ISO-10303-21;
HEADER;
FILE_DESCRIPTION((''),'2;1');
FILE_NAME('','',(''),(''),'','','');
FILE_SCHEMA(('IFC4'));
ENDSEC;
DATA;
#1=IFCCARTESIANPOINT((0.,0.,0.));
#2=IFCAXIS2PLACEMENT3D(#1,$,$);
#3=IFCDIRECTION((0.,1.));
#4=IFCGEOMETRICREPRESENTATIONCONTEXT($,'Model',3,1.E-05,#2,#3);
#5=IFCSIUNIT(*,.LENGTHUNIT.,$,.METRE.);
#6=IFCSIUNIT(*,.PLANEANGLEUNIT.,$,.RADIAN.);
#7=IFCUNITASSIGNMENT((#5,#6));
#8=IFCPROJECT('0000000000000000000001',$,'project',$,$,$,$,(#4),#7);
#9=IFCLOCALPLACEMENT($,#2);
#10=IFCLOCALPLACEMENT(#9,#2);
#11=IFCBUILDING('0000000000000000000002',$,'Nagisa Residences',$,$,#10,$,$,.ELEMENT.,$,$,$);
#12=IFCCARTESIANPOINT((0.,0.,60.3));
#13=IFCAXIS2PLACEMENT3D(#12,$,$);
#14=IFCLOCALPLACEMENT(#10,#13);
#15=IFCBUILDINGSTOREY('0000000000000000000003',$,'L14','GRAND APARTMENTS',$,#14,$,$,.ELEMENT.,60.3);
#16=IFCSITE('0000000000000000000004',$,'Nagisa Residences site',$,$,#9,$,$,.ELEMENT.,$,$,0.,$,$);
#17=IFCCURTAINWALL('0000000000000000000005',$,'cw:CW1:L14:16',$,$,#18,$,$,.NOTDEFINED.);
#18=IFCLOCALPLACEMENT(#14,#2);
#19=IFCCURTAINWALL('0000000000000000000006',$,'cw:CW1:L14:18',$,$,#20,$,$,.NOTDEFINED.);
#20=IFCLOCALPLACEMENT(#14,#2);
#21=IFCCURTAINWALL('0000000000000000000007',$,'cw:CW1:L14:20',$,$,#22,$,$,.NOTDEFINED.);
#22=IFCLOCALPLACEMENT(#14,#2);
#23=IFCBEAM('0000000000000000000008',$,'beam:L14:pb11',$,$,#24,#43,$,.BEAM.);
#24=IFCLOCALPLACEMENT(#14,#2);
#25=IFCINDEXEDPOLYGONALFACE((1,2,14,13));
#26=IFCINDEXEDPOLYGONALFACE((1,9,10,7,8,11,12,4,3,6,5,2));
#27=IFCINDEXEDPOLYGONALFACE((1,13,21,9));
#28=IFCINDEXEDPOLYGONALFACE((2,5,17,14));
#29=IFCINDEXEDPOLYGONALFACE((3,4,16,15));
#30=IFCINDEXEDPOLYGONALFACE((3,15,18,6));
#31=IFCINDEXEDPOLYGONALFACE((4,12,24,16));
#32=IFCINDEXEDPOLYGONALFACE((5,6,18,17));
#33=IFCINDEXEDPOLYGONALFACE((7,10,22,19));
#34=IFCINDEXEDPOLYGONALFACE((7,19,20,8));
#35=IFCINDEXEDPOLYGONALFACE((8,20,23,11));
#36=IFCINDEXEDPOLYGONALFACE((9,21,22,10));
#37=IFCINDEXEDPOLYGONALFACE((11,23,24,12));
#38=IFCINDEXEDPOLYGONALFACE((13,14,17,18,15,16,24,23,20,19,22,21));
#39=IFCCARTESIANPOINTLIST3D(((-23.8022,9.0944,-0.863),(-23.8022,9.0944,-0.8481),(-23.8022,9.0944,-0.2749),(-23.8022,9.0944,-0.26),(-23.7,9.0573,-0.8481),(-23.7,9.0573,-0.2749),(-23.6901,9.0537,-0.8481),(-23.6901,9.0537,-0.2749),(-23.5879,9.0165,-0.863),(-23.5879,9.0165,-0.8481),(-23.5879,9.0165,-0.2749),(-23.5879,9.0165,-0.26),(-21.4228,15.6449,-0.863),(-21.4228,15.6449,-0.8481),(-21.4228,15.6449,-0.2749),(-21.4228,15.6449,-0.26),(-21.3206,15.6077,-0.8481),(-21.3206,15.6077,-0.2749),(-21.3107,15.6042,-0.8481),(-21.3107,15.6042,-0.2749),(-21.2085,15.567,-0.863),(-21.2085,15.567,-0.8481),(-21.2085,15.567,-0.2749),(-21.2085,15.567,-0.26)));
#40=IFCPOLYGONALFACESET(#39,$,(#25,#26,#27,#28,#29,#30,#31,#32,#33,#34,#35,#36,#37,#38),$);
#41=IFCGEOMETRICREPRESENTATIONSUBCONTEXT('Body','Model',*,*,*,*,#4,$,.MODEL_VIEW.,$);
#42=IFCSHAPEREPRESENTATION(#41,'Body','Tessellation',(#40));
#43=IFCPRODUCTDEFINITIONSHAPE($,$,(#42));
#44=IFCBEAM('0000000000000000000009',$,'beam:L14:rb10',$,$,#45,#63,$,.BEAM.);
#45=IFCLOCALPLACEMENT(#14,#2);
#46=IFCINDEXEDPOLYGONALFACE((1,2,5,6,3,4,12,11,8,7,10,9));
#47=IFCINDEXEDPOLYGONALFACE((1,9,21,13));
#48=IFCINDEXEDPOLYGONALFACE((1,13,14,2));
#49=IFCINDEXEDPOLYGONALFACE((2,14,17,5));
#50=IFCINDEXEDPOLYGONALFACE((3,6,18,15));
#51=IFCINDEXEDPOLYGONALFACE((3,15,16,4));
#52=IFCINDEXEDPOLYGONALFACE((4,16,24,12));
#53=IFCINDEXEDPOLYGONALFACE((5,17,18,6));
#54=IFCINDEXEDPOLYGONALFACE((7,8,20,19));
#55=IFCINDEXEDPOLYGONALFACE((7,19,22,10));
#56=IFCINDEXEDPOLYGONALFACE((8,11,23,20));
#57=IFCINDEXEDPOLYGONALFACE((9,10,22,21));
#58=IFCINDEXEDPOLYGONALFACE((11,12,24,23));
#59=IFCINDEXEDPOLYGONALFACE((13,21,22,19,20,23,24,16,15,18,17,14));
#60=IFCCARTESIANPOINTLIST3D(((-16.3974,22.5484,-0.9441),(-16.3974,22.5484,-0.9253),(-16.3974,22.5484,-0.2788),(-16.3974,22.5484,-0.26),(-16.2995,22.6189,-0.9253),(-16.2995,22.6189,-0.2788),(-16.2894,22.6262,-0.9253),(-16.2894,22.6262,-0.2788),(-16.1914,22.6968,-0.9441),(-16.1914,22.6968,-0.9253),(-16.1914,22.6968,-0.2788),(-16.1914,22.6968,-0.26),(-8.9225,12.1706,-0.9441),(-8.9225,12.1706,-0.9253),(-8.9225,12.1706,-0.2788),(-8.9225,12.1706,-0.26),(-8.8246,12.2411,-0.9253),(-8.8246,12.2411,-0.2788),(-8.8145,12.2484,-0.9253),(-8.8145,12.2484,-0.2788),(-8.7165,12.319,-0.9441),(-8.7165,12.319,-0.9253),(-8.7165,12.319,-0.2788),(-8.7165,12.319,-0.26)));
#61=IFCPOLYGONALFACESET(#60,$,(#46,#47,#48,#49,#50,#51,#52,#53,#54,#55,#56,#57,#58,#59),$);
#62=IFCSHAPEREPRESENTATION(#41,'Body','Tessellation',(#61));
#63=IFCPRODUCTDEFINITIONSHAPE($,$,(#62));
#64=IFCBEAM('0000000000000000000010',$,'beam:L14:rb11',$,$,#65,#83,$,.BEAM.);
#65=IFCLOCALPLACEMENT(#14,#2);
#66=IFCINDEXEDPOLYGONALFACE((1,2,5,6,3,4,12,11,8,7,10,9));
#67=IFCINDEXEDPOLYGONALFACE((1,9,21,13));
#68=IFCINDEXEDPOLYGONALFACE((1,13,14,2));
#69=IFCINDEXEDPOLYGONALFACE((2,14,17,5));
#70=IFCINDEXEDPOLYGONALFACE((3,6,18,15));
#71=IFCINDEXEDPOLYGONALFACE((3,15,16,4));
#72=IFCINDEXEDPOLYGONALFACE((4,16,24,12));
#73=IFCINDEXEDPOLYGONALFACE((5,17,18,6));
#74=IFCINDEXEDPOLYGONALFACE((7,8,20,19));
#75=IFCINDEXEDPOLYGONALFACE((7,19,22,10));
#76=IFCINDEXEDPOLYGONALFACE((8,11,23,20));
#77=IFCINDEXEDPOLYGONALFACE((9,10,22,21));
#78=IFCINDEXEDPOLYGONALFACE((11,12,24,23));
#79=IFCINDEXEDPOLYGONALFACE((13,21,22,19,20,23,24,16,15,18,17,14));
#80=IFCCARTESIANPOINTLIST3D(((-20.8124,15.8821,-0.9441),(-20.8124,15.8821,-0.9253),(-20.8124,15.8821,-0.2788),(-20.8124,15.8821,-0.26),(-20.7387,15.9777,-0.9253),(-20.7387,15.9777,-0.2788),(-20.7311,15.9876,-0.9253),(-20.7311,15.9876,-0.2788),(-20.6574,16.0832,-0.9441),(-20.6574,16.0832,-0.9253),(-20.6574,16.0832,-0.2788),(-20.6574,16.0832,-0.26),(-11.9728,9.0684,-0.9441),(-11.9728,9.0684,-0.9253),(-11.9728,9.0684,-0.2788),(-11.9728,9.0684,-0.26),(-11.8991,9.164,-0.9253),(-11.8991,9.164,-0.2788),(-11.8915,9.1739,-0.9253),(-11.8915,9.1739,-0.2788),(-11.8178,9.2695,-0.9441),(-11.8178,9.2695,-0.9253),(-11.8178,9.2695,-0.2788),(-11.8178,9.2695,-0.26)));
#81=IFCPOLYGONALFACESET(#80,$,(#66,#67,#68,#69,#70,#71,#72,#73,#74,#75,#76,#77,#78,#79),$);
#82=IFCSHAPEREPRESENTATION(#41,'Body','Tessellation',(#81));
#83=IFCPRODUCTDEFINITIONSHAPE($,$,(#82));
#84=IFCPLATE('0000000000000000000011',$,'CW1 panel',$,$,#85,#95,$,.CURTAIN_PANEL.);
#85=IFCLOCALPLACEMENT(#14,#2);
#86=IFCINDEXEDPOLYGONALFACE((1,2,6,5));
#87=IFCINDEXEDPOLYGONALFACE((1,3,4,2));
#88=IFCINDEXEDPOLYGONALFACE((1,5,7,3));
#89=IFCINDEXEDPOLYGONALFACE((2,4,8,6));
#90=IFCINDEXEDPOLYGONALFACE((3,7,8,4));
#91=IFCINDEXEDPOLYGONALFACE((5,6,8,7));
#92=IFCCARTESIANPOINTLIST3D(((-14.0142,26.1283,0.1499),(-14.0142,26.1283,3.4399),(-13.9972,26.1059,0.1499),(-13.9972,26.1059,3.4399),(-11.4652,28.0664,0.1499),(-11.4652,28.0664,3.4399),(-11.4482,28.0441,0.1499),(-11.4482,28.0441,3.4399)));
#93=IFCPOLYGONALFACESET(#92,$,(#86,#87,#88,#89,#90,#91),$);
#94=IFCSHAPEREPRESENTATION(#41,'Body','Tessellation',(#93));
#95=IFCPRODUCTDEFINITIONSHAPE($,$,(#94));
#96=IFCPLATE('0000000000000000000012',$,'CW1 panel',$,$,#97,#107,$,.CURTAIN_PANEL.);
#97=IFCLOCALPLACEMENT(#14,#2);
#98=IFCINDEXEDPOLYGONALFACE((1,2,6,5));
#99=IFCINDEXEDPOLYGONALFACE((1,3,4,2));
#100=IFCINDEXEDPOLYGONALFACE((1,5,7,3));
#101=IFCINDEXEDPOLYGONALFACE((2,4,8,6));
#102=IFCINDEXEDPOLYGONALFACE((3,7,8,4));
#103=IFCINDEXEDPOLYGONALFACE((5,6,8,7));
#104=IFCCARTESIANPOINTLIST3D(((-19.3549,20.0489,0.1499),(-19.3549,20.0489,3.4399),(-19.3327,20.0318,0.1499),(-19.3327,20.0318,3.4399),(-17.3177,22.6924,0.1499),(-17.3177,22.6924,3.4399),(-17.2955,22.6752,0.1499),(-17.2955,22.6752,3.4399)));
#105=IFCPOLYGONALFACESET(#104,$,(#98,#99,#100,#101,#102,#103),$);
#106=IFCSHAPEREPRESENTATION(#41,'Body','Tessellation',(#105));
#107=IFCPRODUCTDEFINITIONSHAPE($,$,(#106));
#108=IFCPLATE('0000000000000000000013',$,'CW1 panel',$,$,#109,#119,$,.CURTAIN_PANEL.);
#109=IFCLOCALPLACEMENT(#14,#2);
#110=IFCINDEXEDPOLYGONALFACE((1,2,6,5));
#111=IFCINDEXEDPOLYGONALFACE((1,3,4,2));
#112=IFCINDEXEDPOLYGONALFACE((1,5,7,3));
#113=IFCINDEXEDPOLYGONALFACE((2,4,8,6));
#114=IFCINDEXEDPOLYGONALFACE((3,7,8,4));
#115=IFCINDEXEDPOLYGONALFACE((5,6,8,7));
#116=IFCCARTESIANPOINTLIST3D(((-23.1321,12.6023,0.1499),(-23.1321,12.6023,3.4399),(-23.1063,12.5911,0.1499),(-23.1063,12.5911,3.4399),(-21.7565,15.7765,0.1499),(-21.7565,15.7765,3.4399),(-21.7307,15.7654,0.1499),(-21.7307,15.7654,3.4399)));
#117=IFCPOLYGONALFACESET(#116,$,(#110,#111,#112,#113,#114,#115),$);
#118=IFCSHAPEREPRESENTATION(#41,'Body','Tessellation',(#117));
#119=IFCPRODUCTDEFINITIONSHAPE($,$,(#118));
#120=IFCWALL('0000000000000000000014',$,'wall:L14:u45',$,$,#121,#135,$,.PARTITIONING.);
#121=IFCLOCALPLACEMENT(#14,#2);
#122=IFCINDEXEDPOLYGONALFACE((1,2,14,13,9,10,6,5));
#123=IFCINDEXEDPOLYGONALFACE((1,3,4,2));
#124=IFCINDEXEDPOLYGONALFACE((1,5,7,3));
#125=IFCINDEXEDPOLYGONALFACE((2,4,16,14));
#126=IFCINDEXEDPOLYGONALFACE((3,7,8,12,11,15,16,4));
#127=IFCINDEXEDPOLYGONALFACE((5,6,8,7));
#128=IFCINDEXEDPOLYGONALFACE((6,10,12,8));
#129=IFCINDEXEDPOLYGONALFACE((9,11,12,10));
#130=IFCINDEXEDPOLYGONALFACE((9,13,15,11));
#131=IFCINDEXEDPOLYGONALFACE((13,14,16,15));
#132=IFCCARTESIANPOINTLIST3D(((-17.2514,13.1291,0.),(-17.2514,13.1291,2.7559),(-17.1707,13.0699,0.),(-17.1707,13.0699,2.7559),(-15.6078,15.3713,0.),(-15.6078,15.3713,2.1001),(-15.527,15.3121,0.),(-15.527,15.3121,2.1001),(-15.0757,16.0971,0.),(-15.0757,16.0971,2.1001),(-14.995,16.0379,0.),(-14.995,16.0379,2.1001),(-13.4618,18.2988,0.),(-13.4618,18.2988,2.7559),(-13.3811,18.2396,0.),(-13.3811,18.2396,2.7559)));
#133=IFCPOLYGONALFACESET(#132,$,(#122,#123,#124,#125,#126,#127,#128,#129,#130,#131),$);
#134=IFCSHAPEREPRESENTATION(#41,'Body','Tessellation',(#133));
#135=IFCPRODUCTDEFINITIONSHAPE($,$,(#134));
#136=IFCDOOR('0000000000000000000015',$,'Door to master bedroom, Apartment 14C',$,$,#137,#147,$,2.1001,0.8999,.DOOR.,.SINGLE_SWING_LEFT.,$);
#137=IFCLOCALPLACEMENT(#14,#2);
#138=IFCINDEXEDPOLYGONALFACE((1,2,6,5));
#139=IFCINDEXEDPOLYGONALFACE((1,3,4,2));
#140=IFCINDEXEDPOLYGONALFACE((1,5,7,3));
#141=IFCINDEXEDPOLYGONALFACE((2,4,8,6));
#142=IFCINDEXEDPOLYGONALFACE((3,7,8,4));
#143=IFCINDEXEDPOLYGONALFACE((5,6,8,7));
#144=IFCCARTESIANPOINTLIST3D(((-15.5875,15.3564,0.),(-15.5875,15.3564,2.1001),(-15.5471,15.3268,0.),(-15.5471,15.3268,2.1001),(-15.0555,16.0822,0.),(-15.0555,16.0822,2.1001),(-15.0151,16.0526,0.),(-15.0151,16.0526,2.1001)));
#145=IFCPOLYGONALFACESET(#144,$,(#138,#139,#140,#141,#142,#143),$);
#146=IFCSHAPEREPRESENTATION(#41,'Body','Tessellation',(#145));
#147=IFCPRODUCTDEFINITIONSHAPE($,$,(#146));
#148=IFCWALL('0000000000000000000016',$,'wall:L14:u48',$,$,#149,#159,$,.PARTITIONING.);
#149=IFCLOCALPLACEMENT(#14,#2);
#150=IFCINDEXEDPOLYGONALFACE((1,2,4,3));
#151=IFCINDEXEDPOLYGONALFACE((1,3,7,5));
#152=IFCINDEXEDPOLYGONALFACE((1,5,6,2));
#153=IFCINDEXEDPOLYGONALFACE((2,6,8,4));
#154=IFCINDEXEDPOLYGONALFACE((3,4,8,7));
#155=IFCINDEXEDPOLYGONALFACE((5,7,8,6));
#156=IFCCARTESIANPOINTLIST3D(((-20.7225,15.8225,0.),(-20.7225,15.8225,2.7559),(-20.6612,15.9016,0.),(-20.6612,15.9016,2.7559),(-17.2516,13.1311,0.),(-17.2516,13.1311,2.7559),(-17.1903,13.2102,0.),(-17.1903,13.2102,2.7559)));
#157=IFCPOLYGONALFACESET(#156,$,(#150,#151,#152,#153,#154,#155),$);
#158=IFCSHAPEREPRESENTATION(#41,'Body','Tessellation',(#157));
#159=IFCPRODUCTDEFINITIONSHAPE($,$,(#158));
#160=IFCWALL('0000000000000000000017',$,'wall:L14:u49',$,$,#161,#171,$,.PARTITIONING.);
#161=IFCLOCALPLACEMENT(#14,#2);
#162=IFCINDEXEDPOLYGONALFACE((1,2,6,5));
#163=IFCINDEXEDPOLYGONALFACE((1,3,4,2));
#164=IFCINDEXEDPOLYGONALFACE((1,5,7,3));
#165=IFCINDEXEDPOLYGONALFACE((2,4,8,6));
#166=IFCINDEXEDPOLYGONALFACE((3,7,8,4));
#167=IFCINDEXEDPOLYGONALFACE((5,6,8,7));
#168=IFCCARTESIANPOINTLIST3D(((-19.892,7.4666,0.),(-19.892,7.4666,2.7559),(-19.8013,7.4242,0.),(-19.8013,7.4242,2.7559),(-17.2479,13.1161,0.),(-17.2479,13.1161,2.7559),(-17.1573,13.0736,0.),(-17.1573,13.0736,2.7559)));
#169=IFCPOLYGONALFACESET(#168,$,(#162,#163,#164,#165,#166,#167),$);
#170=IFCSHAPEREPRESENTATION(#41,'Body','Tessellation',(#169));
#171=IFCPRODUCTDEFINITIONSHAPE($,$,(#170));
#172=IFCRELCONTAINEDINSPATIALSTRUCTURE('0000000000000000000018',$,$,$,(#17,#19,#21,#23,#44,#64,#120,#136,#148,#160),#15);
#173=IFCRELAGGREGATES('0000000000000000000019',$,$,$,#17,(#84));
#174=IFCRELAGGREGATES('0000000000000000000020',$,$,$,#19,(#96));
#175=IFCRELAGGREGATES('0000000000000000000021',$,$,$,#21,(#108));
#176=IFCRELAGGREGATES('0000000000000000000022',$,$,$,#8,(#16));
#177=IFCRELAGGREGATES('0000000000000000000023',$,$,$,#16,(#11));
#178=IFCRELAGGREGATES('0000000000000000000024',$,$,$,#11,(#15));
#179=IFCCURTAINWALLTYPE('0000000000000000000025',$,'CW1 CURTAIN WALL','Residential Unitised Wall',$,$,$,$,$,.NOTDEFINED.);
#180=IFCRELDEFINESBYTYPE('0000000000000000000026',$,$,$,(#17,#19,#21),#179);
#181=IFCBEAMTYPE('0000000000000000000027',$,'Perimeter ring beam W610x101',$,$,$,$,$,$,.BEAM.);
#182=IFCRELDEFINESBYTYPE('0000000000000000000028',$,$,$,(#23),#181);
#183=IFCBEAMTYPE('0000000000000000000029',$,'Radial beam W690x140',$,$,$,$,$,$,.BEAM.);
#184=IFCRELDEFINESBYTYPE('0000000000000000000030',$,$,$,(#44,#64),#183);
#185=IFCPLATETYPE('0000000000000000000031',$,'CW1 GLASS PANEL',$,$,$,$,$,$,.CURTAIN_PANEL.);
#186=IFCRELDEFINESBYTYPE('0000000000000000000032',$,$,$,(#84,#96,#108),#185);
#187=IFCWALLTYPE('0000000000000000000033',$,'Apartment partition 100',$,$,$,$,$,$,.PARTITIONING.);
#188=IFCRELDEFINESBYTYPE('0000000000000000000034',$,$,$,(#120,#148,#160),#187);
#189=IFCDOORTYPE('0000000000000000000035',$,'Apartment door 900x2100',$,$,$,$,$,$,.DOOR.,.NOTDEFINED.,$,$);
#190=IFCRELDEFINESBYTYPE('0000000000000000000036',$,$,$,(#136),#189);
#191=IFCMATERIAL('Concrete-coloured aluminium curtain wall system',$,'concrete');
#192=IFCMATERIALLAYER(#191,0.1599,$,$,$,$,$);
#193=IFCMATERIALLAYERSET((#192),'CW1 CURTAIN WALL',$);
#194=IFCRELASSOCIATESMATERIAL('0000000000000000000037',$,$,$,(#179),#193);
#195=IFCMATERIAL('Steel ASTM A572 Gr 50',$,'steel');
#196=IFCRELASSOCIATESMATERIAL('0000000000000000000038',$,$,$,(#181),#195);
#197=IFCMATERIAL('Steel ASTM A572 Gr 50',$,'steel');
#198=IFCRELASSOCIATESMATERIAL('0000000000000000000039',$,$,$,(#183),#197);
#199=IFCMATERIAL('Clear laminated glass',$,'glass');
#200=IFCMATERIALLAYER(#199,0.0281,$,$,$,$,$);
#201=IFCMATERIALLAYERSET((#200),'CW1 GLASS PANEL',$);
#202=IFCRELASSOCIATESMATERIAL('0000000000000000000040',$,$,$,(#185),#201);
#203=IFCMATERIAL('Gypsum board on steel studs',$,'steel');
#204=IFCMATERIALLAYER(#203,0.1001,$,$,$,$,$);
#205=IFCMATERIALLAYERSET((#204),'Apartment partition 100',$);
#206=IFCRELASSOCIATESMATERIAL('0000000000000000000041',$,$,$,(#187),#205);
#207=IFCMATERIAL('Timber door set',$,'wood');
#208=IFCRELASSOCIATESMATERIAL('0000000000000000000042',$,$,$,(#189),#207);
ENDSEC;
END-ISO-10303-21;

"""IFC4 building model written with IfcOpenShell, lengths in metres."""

from ifc_helpers import new_model, si_unit, direction, frame, frame_2d, origin, origin_2d, place, context, subcontext, project, spatial, rectangle, i_section, extrude, material, layer, layer_set, material_profile, profile_set, type_object, element, fill, aggregate, save


model = new_model("IFC4")

# Units and contexts
model_context = context("Model", 3, precision=1e-05, world=origin(), true_north=direction((0.0, 1.0)))
body_context = subcontext(model_context, "Body", "Model", "MODEL_VIEW")
ifc_project = project(units=[si_unit("LENGTHUNIT", "METRE"), si_unit("PLANEANGLEUNIT", "RADIAN")], contexts=[model_context])

# Site, building, storey
site_placement = place(None, origin())
site = spatial("IfcSite", under=ifc_project, at=site_placement, Name="Nagisa Residences site", CompositionType="ELEMENT", RefElevation=0.0)
building_placement = place(site_placement, origin())
building = spatial("IfcBuilding", under=site, at=building_placement, Name="Nagisa Residences", CompositionType="ELEMENT")
storey_placement = place(building_placement, frame((0.0, 0.0, 60.3)))
storey = spatial("IfcBuildingStorey", under=building, at=storey_placement, Name="L14", Description="GRAND APARTMENTS", CompositionType="ELEMENT", Elevation=60.3)

# Curtain walls
ifc_material_1 = material(Name="Concrete-coloured aluminium curtain wall system", Category="concrete")
ifc_layer_1 = layer(ifc_material_1, 0.1599)
ifc_layer_set_1 = layer_set([ifc_layer_1], Name="CW1 CURTAIN WALL")
curtain_wall_type = type_object("IfcCurtainWallType", Name="CW1 CURTAIN WALL", Description="Residential Unitised Wall", PredefinedType="NOTDEFINED", material=ifc_layer_set_1)
curtain_wall_1_placement = place(storey_placement, origin())
curtain_wall_1 = element("IfcCurtainWall", 1, at=curtain_wall_1_placement, inside=storey, type_object=curtain_wall_type, Name="cw:CW1:L14:16", PredefinedType="NOTDEFINED")
curtain_wall_2_placement = place(storey_placement, origin())
curtain_wall_2 = element("IfcCurtainWall", 2, at=curtain_wall_2_placement, inside=storey, type_object=curtain_wall_type, Name="cw:CW1:L14:18", PredefinedType="NOTDEFINED")
curtain_wall_3_placement = place(storey_placement, origin())
curtain_wall_3 = element("IfcCurtainWall", 3, at=curtain_wall_3_placement, inside=storey, type_object=curtain_wall_type, Name="cw:CW1:L14:20", PredefinedType="NOTDEFINED")

# Beams
ifc_material_2 = material(Name="Steel ASTM A572 Gr 50", Category="steel")
ifc_material_profile_1 = material_profile(ifc_material_2, i_section(OverallWidth=0.228, OverallDepth=0.603, WebThickness=0.0105, FlangeThickness=0.0149, at=origin_2d()), Name="W610x101")
ifc_profile_set_1 = profile_set([ifc_material_profile_1], Name="Steel ASTM A572 Gr 50")
beam_type_1 = type_object("IfcBeamType", Name="Perimeter ring beam W610x101", PredefinedType="BEAM", material=ifc_profile_set_1)
beam_1_placement = place(storey_placement, frame((-21.3157, 15.606, -0.5615), z_axis=(-0.341411, -0.939914, 0.0), x_axis=(0.939914, -0.341411, 0.0)))
element("IfcBeam", 4, at=beam_1_placement, inside=storey, type_object=beam_type_1, Name="beam:L14:pb11", PredefinedType="BEAM", context=body_context, shape_type="SweptSolid", body=[
    extrude(i_section(OverallWidth=0.228, OverallDepth=0.603, WebThickness=0.0105, FlangeThickness=0.0149, at=origin_2d()), origin(), (0.0, 0.0, 1.0), 6.9692),
])
ifc_material_3 = material(Name="Steel ASTM A572 Gr 50", Category="steel")
ifc_material_profile_2 = material_profile(ifc_material_3, i_section(OverallWidth=0.2539, OverallDepth=0.6841, WebThickness=0.0125, FlangeThickness=0.0188, at=origin_2d()), Name="W690x140")
ifc_profile_set_2 = profile_set([ifc_material_profile_2], Name="Steel ASTM A572 Gr 50")
beam_type_2 = type_object("IfcBeamType", Name="Radial beam W690x140", PredefinedType="BEAM", material=ifc_profile_set_2)
beam_2_placement = place(storey_placement, frame((-16.2944, 22.6226, -0.6021), z_axis=(0.584455, -0.811426, 0.0), x_axis=(0.811426, 0.584455, 0.0)))
element("IfcBeam", 5, at=beam_2_placement, inside=storey, type_object=beam_type_2, Name="beam:L14:rb10", PredefinedType="BEAM", context=body_context, shape_type="SweptSolid", body=[
    extrude(i_section(OverallWidth=0.2539, OverallDepth=0.6841, WebThickness=0.0125, FlangeThickness=0.0188, at=origin_2d()), origin(), (0.0, 0.0, 1.0), 12.7896),
])
beam_3_placement = place(storey_placement, frame((-20.7349, 15.9827, -0.6021), z_axis=(0.792016, -0.6105, 0.0), x_axis=(0.6105, 0.792016, 0.0)))
element("IfcBeam", 6, at=beam_3_placement, inside=storey, type_object=beam_type_2, Name="beam:L14:rb11", PredefinedType="BEAM", context=body_context, shape_type="SweptSolid", body=[
    extrude(i_section(OverallWidth=0.2539, OverallDepth=0.6841, WebThickness=0.0125, FlangeThickness=0.0188, at=origin_2d()), origin(), (0.0, 0.0, 1.0), 11.1609),
])

# Plates
ifc_material_4 = material(Name="Clear laminated glass", Category="glass")
ifc_layer_2 = layer(ifc_material_4, 0.0281)
ifc_layer_set_2 = layer_set([ifc_layer_2], Name="CW1 GLASS PANEL")
plate_type = type_object("IfcPlateType", Name="CW1 GLASS PANEL", PredefinedType="CURTAIN_PANEL", material=ifc_layer_set_2)
plate_1_placement = place(storey_placement, frame((-12.7312, 27.0862, 0.1499), z_axis=(0.0, 0.0, 1.0), x_axis=(-0.796031, -0.605255, 0.0)))
plate_1 = element("IfcPlate", 7, at=plate_1_placement, type_object=plate_type, Name="CW1 panel", PredefinedType="CURTAIN_PANEL", context=body_context, shape_type="SweptSolid", body=[
    extrude(rectangle(XDim=3.2021, YDim=0.0281, at=origin_2d()), origin(), (0.0, 0.0, 1.0), 3.29),
])
aggregate(curtain_wall_1, [plate_1])
plate_2_placement = place(storey_placement, frame((-18.3252, 21.3621, 0.1499), z_axis=(0.0, 0.0, 1.0), x_axis=(-0.61043, -0.79207, 0.0)))
plate_2 = element("IfcPlate", 8, at=plate_2_placement, type_object=plate_type, Name="CW1 panel", PredefinedType="CURTAIN_PANEL", context=body_context, shape_type="SweptSolid", body=[
    extrude(rectangle(XDim=3.3374, YDim=0.0281, at=origin_2d()), origin(), (0.0, 0.0, 1.0), 3.29),
])
aggregate(curtain_wall_2, [plate_2])
plate_3_placement = place(storey_placement, frame((-22.4314, 14.1838, 0.1499), z_axis=(0.0, 0.0, 1.0), x_axis=(-0.397636, -0.917543, 0.0)))
plate_3 = element("IfcPlate", 9, at=plate_3_placement, type_object=plate_type, Name="CW1 panel", PredefinedType="CURTAIN_PANEL", context=body_context, shape_type="SweptSolid", body=[
    extrude(rectangle(XDim=3.4595, YDim=0.0281, at=origin_2d()), origin(), (0.0, 0.0, 1.0), 3.29),
])
aggregate(curtain_wall_3, [plate_3])

# Wall, opening, door
ifc_material_5 = material(Name="Gypsum board on steel studs", Category="steel")
ifc_layer_3 = layer(ifc_material_5, 0.1001)
ifc_layer_set_3 = layer_set([ifc_layer_3], Name="Apartment partition 100")
wall_type_1 = type_object("IfcWallType", Name="Apartment partition 100", PredefinedType="PARTITIONING", material=ifc_layer_set_3)
wall_1_placement = place(storey_placement, frame((-13.4214, 18.2693, 0.0), z_axis=(0.0, 0.0, 1.0), x_axis=(-0.591207, -0.80652, 0.0)))
wall_1 = element("IfcWall", 10, at=wall_1_placement, inside=storey, type_object=wall_type_1, Name="wall:L14:u45", PredefinedType="PARTITIONING", context=body_context, shape_type="SweptSolid", body=[
    extrude(rectangle(XDim=6.4099, YDim=0.1001, at=frame_2d((3.2051, 0.0))), origin(), (0.0, 0.0, 1.0), 2.7559),
])
opening_1_placement = place(wall_1_placement, frame((2.73, 0.0, 0.0)))
opening_1 = element("IfcOpeningElement", 11, at=opening_1_placement, cuts=wall_1, PredefinedType="OPENING", context=body_context, shape_type="SweptSolid", body=[
    extrude(rectangle(XDim=0.8999, YDim=2.1001, at=frame_2d((0.45, 1.05))), frame((0.0, 0.0601, 0.0), z_axis=(0.0, -1.0, 0.0), x_axis=(1.0, 0.0, 0.0)), (0.0, 0.0, 1.0), 0.1201),
])
ifc_material_6 = material(Name="Timber door set", Category="wood")
door_type_1 = type_object("IfcDoorType", Name="Apartment door 900x2100", OperationType="NOTDEFINED", PredefinedType="DOOR", material=ifc_material_6)
door_1_placement = place(opening_1_placement, frame((0.8999, 0.0, 0.0), x_axis=(-1.0, 0.0, 0.0)))
door_1 = element("IfcDoor", 12, at=door_1_placement, inside=storey, type_object=door_type_1, Name="Door to master bedroom, Apartment 14C", OperationType="SINGLE_SWING_LEFT", OverallHeight=2.1001, OverallWidth=0.8999, PredefinedType="DOOR", context=body_context, shape_type="SweptSolid", body=[
    extrude(rectangle(XDim=0.8999, YDim=2.1001, at=frame_2d((0.45, 1.05))), frame((0.0, 0.0249, 0.0), z_axis=(0.0, -1.0, 0.0), x_axis=(1.0, 0.0, 0.0)), (0.0, 0.0, 1.0), 0.05),
])
fill(opening_1, door_1)

# Walls
wall_2_placement = place(storey_placement, frame((-17.2209, 13.1707, 0.0), z_axis=(0.0, 0.0, 1.0), x_axis=(-0.790258, 0.612774, 0.0)))
element("IfcWall", 13, at=wall_2_placement, inside=storey, type_object=wall_type_1, Name="wall:L14:u48", PredefinedType="PARTITIONING", context=body_context, shape_type="SweptSolid", body=[
    extrude(rectangle(XDim=4.3921, YDim=0.1001, at=frame_2d((2.196, 0.0))), origin(), (0.0, 0.0, 1.0), 2.7559),
])
wall_3_placement = place(storey_placement, frame((-17.2026, 13.0947, 0.0), z_axis=(0.0, 0.0, 1.0), x_axis=(-0.423892, -0.905713, 0.0)))
element("IfcWall", 14, at=wall_3_placement, inside=storey, type_object=wall_type_1, Name="wall:L14:u49", PredefinedType="PARTITIONING", context=body_context, shape_type="SweptSolid", body=[
    extrude(rectangle(XDim=6.2375, YDim=0.1001, at=frame_2d((3.1187, 0.0))), origin(), (0.0, 0.0, 1.0), 2.7559),
])

save(model, "model.ifc")
